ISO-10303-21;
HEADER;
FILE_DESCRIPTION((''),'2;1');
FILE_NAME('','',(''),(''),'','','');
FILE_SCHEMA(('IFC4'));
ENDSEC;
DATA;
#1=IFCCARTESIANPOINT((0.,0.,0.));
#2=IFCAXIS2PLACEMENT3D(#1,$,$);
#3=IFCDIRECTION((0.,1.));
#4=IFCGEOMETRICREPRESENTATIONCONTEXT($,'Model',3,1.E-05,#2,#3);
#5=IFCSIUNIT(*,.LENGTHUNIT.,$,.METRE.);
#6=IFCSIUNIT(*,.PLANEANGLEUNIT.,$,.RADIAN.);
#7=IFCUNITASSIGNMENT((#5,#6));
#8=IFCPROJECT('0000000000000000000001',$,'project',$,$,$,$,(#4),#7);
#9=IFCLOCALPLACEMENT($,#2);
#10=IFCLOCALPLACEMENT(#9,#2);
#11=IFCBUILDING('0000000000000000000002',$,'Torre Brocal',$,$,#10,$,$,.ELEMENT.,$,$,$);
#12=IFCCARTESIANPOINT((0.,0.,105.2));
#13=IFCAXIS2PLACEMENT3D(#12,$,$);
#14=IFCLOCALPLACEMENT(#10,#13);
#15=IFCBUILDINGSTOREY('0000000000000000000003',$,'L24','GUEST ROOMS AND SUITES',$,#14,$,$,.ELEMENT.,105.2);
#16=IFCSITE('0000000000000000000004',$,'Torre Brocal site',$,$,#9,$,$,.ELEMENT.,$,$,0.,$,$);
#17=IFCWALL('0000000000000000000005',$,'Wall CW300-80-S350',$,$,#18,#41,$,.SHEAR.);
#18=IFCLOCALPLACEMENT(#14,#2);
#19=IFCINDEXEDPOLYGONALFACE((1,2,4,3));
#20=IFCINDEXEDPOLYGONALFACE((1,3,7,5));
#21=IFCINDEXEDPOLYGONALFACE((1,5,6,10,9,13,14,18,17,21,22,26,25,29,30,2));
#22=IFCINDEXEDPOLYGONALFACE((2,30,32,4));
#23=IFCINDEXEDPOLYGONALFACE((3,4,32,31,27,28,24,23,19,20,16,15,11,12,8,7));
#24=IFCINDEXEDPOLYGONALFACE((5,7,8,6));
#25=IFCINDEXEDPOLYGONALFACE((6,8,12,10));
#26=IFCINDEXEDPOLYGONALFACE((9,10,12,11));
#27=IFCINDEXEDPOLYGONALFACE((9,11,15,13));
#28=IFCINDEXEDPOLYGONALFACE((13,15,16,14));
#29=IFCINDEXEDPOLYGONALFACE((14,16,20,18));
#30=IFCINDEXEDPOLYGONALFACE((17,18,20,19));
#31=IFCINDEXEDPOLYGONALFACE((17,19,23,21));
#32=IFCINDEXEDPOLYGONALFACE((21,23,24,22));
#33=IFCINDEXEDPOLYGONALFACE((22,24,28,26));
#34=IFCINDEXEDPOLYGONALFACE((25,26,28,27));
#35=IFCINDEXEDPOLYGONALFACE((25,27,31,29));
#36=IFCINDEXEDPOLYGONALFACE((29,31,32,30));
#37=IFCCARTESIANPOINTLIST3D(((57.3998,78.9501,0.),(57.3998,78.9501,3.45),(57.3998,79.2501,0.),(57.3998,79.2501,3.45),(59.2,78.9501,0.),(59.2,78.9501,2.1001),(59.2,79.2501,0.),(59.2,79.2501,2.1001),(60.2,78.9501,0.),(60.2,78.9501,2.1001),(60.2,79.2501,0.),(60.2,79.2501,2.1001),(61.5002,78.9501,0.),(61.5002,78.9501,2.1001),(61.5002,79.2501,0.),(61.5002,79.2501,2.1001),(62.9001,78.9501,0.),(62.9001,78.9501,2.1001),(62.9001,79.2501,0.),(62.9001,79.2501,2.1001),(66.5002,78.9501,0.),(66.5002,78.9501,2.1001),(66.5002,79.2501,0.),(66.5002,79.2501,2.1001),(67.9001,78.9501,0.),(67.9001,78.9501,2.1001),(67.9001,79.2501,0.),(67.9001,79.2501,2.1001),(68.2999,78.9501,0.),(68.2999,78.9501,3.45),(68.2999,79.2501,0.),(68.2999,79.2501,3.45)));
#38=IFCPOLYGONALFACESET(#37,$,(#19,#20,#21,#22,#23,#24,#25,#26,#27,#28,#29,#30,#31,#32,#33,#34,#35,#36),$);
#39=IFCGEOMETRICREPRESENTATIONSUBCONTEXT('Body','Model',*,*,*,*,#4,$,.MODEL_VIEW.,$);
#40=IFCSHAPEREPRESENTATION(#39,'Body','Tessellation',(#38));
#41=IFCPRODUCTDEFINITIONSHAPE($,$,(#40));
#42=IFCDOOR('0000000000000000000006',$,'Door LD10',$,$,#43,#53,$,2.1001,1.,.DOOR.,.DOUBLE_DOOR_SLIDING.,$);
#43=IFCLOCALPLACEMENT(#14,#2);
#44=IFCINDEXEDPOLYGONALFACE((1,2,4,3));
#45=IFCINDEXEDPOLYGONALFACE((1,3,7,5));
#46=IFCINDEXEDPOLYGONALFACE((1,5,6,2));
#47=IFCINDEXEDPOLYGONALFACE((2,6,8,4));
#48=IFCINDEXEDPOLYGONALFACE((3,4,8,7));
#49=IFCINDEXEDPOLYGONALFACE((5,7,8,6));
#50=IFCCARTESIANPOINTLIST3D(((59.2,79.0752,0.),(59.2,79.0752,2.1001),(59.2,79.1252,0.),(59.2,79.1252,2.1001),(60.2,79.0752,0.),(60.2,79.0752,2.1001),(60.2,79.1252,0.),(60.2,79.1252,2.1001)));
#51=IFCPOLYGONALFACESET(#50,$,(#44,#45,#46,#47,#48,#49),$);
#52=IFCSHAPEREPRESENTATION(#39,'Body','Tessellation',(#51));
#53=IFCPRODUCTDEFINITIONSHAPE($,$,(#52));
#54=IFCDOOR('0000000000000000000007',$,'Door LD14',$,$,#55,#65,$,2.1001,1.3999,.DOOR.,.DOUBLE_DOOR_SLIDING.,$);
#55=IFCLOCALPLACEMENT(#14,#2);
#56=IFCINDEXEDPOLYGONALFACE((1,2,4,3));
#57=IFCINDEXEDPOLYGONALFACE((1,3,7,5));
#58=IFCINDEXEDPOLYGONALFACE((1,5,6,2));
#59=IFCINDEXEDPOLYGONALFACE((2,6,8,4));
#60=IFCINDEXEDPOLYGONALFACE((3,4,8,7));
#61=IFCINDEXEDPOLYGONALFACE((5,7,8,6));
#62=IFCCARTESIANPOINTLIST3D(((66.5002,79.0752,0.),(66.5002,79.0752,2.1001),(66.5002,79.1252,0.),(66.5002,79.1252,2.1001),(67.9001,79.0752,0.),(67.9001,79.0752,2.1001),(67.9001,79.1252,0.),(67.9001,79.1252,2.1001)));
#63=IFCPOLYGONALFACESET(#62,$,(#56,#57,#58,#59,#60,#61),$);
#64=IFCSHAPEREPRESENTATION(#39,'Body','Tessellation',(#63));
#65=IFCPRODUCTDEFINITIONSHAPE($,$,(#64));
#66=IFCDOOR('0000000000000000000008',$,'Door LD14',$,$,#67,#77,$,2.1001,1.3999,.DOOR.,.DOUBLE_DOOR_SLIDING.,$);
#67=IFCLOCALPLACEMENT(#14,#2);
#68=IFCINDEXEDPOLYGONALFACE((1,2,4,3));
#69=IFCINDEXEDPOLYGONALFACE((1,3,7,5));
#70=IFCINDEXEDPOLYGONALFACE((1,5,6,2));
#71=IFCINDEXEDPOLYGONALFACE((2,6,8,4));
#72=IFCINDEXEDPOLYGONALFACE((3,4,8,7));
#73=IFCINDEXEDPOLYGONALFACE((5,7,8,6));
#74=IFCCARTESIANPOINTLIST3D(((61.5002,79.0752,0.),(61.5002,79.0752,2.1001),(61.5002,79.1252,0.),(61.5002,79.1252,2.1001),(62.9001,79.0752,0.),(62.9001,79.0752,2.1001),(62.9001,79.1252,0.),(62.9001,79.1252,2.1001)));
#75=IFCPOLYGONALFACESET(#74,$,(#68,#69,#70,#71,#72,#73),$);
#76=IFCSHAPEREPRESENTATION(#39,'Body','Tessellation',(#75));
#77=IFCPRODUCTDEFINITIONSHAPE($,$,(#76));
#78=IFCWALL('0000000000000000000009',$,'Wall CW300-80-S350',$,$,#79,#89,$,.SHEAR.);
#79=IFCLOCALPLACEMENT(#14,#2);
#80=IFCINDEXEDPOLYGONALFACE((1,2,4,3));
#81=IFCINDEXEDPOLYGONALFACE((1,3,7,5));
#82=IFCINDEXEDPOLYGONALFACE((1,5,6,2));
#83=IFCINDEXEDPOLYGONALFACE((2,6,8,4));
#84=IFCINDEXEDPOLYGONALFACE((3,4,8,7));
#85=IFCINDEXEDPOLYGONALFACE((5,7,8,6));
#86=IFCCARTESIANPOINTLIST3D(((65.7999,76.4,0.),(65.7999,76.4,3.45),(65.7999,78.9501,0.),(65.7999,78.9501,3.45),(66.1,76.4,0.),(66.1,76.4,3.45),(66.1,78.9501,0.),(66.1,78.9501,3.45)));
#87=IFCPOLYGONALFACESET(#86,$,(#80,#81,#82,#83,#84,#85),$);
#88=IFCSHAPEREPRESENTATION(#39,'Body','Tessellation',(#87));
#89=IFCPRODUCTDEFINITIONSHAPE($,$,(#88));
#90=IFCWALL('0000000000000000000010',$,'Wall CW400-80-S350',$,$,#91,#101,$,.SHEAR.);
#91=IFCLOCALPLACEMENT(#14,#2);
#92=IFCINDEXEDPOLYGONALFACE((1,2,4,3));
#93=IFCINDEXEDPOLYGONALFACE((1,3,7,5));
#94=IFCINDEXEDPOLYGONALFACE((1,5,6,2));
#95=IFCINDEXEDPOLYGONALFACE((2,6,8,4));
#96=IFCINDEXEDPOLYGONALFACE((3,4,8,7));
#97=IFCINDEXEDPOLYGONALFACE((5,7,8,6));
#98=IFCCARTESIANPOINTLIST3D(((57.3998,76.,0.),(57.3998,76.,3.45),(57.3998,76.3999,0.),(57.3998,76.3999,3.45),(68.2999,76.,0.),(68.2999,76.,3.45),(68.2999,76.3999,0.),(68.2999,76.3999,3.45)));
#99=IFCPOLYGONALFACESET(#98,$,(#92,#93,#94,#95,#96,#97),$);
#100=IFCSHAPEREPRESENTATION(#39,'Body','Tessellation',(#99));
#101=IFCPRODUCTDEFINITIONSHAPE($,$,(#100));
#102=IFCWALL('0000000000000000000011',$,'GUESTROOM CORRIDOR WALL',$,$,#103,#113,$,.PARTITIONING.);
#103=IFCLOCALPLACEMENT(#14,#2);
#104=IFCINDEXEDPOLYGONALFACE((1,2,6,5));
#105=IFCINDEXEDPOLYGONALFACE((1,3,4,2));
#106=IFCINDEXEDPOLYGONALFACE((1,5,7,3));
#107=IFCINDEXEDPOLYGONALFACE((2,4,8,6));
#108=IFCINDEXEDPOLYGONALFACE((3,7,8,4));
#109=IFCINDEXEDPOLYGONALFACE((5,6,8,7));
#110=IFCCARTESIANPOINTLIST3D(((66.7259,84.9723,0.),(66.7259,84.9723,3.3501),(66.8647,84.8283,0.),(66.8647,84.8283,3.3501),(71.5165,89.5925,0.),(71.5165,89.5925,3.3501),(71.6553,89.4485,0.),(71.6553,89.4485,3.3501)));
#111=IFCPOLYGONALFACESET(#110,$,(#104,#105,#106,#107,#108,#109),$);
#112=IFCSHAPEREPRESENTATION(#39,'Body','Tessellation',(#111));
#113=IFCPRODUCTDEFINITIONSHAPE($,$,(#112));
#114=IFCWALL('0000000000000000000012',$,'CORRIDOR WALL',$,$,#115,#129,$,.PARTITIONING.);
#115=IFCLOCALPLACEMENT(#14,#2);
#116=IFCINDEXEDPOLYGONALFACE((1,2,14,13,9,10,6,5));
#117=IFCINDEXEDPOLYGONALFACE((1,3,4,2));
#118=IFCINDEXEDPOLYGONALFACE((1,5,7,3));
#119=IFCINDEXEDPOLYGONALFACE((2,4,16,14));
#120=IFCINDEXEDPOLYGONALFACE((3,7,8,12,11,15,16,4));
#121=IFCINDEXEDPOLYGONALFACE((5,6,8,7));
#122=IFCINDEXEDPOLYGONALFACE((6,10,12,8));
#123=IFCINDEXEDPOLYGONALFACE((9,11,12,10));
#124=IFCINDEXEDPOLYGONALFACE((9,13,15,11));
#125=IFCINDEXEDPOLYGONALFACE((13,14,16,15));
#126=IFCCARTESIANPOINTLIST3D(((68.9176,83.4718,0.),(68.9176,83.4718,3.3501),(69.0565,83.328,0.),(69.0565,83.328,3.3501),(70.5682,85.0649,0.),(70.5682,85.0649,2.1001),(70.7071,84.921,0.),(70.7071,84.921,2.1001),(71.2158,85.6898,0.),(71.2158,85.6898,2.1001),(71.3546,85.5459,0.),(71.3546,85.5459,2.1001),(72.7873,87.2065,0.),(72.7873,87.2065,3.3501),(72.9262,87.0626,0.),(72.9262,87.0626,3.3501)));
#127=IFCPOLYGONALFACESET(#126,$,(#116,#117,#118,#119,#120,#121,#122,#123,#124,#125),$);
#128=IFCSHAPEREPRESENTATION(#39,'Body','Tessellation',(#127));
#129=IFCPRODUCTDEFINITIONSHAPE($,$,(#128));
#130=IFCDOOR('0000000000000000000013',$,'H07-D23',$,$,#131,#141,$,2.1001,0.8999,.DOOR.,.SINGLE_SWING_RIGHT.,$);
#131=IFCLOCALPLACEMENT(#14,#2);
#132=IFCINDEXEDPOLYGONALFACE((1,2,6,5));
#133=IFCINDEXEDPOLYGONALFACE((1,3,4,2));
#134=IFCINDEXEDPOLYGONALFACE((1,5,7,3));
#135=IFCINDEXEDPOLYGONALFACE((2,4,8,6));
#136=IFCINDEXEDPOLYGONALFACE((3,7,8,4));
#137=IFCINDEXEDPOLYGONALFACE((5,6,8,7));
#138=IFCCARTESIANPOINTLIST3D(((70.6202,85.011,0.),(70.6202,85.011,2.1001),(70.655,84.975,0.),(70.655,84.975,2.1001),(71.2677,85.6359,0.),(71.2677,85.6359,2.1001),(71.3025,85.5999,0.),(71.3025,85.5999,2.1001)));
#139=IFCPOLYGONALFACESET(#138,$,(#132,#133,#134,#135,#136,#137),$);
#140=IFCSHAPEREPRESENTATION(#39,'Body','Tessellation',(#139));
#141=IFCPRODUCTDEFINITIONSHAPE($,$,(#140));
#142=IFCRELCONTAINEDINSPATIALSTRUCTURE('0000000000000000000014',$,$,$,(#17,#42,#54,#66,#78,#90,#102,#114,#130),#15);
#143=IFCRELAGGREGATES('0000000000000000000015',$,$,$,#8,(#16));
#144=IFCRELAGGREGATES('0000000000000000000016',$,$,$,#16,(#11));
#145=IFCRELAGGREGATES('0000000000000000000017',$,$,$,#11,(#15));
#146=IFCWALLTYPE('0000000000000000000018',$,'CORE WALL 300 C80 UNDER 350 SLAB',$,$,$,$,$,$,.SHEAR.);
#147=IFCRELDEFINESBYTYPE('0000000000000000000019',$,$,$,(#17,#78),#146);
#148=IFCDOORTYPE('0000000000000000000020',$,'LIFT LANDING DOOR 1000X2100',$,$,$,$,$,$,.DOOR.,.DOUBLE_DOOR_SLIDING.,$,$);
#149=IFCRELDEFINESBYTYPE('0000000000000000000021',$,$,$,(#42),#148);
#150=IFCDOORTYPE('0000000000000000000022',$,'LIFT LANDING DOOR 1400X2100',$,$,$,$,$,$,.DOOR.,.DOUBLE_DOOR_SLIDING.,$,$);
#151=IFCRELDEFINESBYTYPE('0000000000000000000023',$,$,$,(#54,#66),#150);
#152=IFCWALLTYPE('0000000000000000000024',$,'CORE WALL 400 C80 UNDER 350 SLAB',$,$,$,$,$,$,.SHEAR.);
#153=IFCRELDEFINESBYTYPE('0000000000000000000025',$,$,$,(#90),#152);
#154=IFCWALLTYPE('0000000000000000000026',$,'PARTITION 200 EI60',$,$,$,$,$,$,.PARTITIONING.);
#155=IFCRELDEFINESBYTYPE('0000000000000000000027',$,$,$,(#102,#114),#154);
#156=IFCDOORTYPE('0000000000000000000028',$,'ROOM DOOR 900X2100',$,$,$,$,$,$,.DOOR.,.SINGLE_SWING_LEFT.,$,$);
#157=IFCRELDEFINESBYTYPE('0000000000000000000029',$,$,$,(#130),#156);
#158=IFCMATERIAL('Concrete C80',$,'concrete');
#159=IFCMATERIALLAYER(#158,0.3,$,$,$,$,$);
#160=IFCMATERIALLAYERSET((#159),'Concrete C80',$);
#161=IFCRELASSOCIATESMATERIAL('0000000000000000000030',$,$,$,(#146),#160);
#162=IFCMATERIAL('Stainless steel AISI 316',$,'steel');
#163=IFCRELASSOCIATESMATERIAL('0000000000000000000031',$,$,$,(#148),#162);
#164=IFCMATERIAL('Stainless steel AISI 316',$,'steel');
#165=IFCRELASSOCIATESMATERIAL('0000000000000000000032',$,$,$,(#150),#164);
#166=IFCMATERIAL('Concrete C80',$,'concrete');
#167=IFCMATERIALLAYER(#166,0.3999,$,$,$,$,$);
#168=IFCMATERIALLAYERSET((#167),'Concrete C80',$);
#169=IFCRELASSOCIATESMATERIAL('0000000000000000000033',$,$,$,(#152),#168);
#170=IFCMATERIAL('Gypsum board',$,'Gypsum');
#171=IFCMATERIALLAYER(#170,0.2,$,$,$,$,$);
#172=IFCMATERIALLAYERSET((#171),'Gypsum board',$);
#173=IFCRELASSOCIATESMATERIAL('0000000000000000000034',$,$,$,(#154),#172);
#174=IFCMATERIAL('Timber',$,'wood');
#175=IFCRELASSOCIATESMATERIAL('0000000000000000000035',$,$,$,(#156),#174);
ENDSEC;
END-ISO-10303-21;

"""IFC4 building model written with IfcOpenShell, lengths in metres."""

from ifc_helpers import new_model, si_unit, direction, frame, frame_2d, origin, place, context, subcontext, project, spatial, rectangle, extrude, material, layer, layer_set, type_object, element, fill, save


model = new_model("IFC4")

# Units and contexts
model_context = context("Model", 3, precision=1e-05, world=origin(), true_north=direction((0.0, 1.0)))
body_context = subcontext(model_context, "Body", "Model", "MODEL_VIEW")
ifc_project = project(units=[si_unit("LENGTHUNIT", "METRE"), si_unit("PLANEANGLEUNIT", "RADIAN")], contexts=[model_context])

# Site, building, storey
site_placement = place(None, origin())
site = spatial("IfcSite", under=ifc_project, at=site_placement, Name="Torre Brocal site", CompositionType="ELEMENT", RefElevation=0.0)
building_placement = place(site_placement, origin())
building = spatial("IfcBuilding", under=site, at=building_placement, Name="Torre Brocal", CompositionType="ELEMENT")
storey_placement = place(building_placement, frame((0.0, 0.0, 105.2)))
storey = spatial("IfcBuildingStorey", under=building, at=storey_placement, Name="L24", Description="GUEST ROOMS AND SUITES", CompositionType="ELEMENT", Elevation=105.2)

# Shared definitions
ifc_material_1 = material(Name="Concrete C80", Category="concrete")
ifc_layer_1 = layer(ifc_material_1, 0.3)
ifc_layer_set_1 = layer_set([ifc_layer_1], Name="Concrete C80")
wall_type_1 = type_object("IfcWallType", Name="CORE WALL 300 C80 UNDER 350 SLAB", PredefinedType="SHEAR", material=ifc_layer_set_1)

# Wall, openings, doors
wall_1_placement = place(storey_placement, frame((68.3, 79.1001, 0.0), z_axis=(0.0, 0.0, 1.0), x_axis=(-1.0, 0.0, 0.0)))
wall_1 = element("IfcWall", 1, at=wall_1_placement, inside=storey, type_object=wall_type_1, Name="Wall CW300-80-S350", PredefinedType="SHEAR", context=body_context, shape_type="SweptSolid", body=[
    extrude(rectangle(XDim=10.9001, YDim=0.3, at=frame_2d((5.4502, 0.0))), origin(), (0.0, 0.0, 1.0), 3.45),
])
opening_1_placement = place(wall_1_placement, frame((0.3999, 0.0, 0.0)))
opening_1 = element("IfcOpeningElement", 2, at=opening_1_placement, cuts=wall_1, PredefinedType="OPENING", context=body_context, shape_type="SweptSolid", body=[
    extrude(rectangle(XDim=1.3999, YDim=2.1001, at=frame_2d((0.7, 1.05))), frame((0.0, 0.1599, 0.0), z_axis=(0.0, -1.0, 0.0), x_axis=(1.0, 0.0, 0.0)), (0.0, 0.0, 1.0), 0.3201),
])
opening_2_placement = place(wall_1_placement, frame((5.3999, 0.0, 0.0)))
opening_2 = element("IfcOpeningElement", 3, at=opening_2_placement, cuts=wall_1, PredefinedType="OPENING", context=body_context, shape_type="SweptSolid", body=[
    extrude(rectangle(XDim=1.3999, YDim=2.1001, at=frame_2d((0.7, 1.05))), frame((0.0, 0.1599, 0.0), z_axis=(0.0, -1.0, 0.0), x_axis=(1.0, 0.0, 0.0)), (0.0, 0.0, 1.0), 0.3201),
])
opening_3_placement = place(wall_1_placement, frame((8.1001, 0.0, 0.0)))
opening_3 = element("IfcOpeningElement", 4, at=opening_3_placement, cuts=wall_1, PredefinedType="OPENING", context=body_context, shape_type="SweptSolid", body=[
    extrude(rectangle(XDim=1.0, YDim=2.1001, at=frame_2d((0.5, 1.05))), frame((0.0, 0.1599, 0.0), z_axis=(0.0, -1.0, 0.0), x_axis=(1.0, 0.0, 0.0)), (0.0, 0.0, 1.0), 0.3201),
])
ifc_material_2 = material(Name="Stainless steel AISI 316", Category="steel")
door_type_1 = type_object("IfcDoorType", Name="LIFT LANDING DOOR 1000X2100", OperationType="DOUBLE_DOOR_SLIDING", PredefinedType="DOOR", material=ifc_material_2)
door_1_placement = place(opening_3_placement, origin())
door_1 = element("IfcDoor", 5, at=door_1_placement, inside=storey, type_object=door_type_1, Name="Door LD10", OperationType="DOUBLE_DOOR_SLIDING", OverallHeight=2.1001, OverallWidth=1.0, PredefinedType="DOOR", context=body_context, shape_type="SweptSolid", body=[
    extrude(rectangle(XDim=1.0, YDim=2.1001, at=frame_2d((0.5, 1.05))), frame((0.0, 0.0249, 0.0), z_axis=(0.0, -1.0, 0.0), x_axis=(1.0, 0.0, 0.0)), (0.0, 0.0, 1.0), 0.05),
])
fill(opening_3, door_1)
ifc_material_3 = material(Name="Stainless steel AISI 316", Category="steel")
door_type_2 = type_object("IfcDoorType", Name="LIFT LANDING DOOR 1400X2100", OperationType="DOUBLE_DOOR_SLIDING", PredefinedType="DOOR", material=ifc_material_3)
door_2_placement = place(opening_1_placement, origin())
door_2 = element("IfcDoor", 6, at=door_2_placement, inside=storey, type_object=door_type_2, Name="Door LD14", OperationType="DOUBLE_DOOR_SLIDING", OverallHeight=2.1001, OverallWidth=1.3999, PredefinedType="DOOR", context=body_context, shape_type="SweptSolid", body=[
    extrude(rectangle(XDim=1.3999, YDim=2.1001, at=frame_2d((0.7, 1.05))), frame((0.0, 0.0249, 0.0), z_axis=(0.0, -1.0, 0.0), x_axis=(1.0, 0.0, 0.0)), (0.0, 0.0, 1.0), 0.05),
])
fill(opening_1, door_2)
door_3_placement = place(opening_2_placement, origin())
door_3 = element("IfcDoor", 7, at=door_3_placement, inside=storey, type_object=door_type_2, Name="Door LD14", OperationType="DOUBLE_DOOR_SLIDING", OverallHeight=2.1001, OverallWidth=1.3999, PredefinedType="DOOR", context=body_context, shape_type="SweptSolid", body=[
    extrude(rectangle(XDim=1.3999, YDim=2.1001, at=frame_2d((0.7, 1.05))), frame((0.0, 0.0249, 0.0), z_axis=(0.0, -1.0, 0.0), x_axis=(1.0, 0.0, 0.0)), (0.0, 0.0, 1.0), 0.05),
])
fill(opening_2, door_3)

# Walls
wall_2_placement = place(storey_placement, frame((65.95, 78.95, 0.0), z_axis=(0.0, 0.0, 1.0), x_axis=(0.0, -1.0, 0.0)))
element("IfcWall", 8, at=wall_2_placement, inside=storey, type_object=wall_type_1, Name="Wall CW300-80-S350", PredefinedType="SHEAR", context=body_context, shape_type="SweptSolid", body=[
    extrude(rectangle(XDim=2.55, YDim=0.3, at=frame_2d((1.2749, 0.0))), origin(), (0.0, 0.0, 1.0), 3.45),
])
ifc_material_4 = material(Name="Concrete C80", Category="concrete")
ifc_layer_2 = layer(ifc_material_4, 0.3999)
ifc_layer_set_2 = layer_set([ifc_layer_2], Name="Concrete C80")
wall_type_2 = type_object("IfcWallType", Name="CORE WALL 400 C80 UNDER 350 SLAB", PredefinedType="SHEAR", material=ifc_layer_set_2)
wall_3_placement = place(storey_placement, frame((68.3, 76.2, 0.0), z_axis=(0.0, 0.0, 1.0), x_axis=(-1.0, 0.0, 0.0)))
element("IfcWall", 9, at=wall_3_placement, inside=storey, type_object=wall_type_2, Name="Wall CW400-80-S350", PredefinedType="SHEAR", context=body_context, shape_type="SweptSolid", body=[
    extrude(rectangle(XDim=10.9001, YDim=0.3999, at=frame_2d((5.4502, 0.0))), origin(), (0.0, 0.0, 1.0), 3.45),
])
ifc_material_5 = material(Name="Gypsum board", Category="Gypsum")
ifc_layer_3 = layer(ifc_material_5, 0.2)
ifc_layer_set_3 = layer_set([ifc_layer_3], Name="Gypsum board")
wall_type_3 = type_object("IfcWallType", Name="PARTITION 200 EI60", PredefinedType="PARTITIONING", material=ifc_layer_set_3)
wall_4_placement = place(storey_placement, frame((66.7954, 84.9004, 0.0), z_axis=(0.0, 0.0, 1.0), x_axis=(0.719793, 0.694189, 0.0)))
element("IfcWall", 10, at=wall_4_placement, inside=storey, type_object=wall_type_3, Name="GUESTROOM CORRIDOR WALL", PredefinedType="PARTITIONING", context=body_context, shape_type="SweptSolid", body=[
    extrude(rectangle(XDim=6.6555, YDim=0.2, at=frame_2d((3.3276, 0.0))), origin(), (0.0, 0.0, 1.0), 3.3501),
])

# Wall, opening, door
wall_5_placement = place(storey_placement, frame((68.9871, 83.3999, 0.0), z_axis=(0.0, 0.0, 1.0), x_axis=(0.719548, 0.694443, 0.0)))
wall_5 = element("IfcWall", 11, at=wall_5_placement, inside=storey, type_object=wall_type_3, Name="CORRIDOR WALL", PredefinedType="PARTITIONING", context=body_context, shape_type="SweptSolid", body=[
    extrude(rectangle(XDim=5.3779, YDim=0.2, at=frame_2d((2.689, 0.0))), origin(), (0.0, 0.0, 1.0), 3.3501),
])
opening_4_placement = place(wall_5_placement, frame((2.2939, 0.0, 0.0)))
opening_4 = element("IfcOpeningElement", 12, at=opening_4_placement, cuts=wall_5, PredefinedType="OPENING", context=body_context, shape_type="SweptSolid", body=[
    extrude(rectangle(XDim=0.8999, YDim=2.1001, at=frame_2d((0.45, 1.05))), frame((0.0, 0.1099, 0.0), z_axis=(0.0, -1.0, 0.0), x_axis=(1.0, 0.0, 0.0)), (0.0, 0.0, 1.0), 0.22),
])
ifc_material_6 = material(Name="Timber", Category="wood")
door_type_3 = type_object("IfcDoorType", Name="ROOM DOOR 900X2100", OperationType="SINGLE_SWING_LEFT", PredefinedType="DOOR", material=ifc_material_6)
door_4_placement = place(opening_4_placement, frame((0.8999, 0.0, 0.0), z_axis=(0.0, 0.0, 1.0), x_axis=(-1.0, 0.0, 0.0)))
door_4 = element("IfcDoor", 13, at=door_4_placement, inside=storey, type_object=door_type_3, Name="H07-D23", OperationType="SINGLE_SWING_RIGHT", OverallHeight=2.1001, OverallWidth=0.8999, PredefinedType="DOOR", context=body_context, shape_type="SweptSolid", body=[
    extrude(rectangle(XDim=0.8999, YDim=2.1001, at=frame_2d((0.45, 1.05))), frame((0.0, 0.0249, 0.0), z_axis=(0.0, -1.0, 0.0), x_axis=(1.0, 0.0, 0.0)), (0.0, 0.0, 1.0), 0.05),
])
fill(opening_4, door_4)

save(model, "model.ifc")
